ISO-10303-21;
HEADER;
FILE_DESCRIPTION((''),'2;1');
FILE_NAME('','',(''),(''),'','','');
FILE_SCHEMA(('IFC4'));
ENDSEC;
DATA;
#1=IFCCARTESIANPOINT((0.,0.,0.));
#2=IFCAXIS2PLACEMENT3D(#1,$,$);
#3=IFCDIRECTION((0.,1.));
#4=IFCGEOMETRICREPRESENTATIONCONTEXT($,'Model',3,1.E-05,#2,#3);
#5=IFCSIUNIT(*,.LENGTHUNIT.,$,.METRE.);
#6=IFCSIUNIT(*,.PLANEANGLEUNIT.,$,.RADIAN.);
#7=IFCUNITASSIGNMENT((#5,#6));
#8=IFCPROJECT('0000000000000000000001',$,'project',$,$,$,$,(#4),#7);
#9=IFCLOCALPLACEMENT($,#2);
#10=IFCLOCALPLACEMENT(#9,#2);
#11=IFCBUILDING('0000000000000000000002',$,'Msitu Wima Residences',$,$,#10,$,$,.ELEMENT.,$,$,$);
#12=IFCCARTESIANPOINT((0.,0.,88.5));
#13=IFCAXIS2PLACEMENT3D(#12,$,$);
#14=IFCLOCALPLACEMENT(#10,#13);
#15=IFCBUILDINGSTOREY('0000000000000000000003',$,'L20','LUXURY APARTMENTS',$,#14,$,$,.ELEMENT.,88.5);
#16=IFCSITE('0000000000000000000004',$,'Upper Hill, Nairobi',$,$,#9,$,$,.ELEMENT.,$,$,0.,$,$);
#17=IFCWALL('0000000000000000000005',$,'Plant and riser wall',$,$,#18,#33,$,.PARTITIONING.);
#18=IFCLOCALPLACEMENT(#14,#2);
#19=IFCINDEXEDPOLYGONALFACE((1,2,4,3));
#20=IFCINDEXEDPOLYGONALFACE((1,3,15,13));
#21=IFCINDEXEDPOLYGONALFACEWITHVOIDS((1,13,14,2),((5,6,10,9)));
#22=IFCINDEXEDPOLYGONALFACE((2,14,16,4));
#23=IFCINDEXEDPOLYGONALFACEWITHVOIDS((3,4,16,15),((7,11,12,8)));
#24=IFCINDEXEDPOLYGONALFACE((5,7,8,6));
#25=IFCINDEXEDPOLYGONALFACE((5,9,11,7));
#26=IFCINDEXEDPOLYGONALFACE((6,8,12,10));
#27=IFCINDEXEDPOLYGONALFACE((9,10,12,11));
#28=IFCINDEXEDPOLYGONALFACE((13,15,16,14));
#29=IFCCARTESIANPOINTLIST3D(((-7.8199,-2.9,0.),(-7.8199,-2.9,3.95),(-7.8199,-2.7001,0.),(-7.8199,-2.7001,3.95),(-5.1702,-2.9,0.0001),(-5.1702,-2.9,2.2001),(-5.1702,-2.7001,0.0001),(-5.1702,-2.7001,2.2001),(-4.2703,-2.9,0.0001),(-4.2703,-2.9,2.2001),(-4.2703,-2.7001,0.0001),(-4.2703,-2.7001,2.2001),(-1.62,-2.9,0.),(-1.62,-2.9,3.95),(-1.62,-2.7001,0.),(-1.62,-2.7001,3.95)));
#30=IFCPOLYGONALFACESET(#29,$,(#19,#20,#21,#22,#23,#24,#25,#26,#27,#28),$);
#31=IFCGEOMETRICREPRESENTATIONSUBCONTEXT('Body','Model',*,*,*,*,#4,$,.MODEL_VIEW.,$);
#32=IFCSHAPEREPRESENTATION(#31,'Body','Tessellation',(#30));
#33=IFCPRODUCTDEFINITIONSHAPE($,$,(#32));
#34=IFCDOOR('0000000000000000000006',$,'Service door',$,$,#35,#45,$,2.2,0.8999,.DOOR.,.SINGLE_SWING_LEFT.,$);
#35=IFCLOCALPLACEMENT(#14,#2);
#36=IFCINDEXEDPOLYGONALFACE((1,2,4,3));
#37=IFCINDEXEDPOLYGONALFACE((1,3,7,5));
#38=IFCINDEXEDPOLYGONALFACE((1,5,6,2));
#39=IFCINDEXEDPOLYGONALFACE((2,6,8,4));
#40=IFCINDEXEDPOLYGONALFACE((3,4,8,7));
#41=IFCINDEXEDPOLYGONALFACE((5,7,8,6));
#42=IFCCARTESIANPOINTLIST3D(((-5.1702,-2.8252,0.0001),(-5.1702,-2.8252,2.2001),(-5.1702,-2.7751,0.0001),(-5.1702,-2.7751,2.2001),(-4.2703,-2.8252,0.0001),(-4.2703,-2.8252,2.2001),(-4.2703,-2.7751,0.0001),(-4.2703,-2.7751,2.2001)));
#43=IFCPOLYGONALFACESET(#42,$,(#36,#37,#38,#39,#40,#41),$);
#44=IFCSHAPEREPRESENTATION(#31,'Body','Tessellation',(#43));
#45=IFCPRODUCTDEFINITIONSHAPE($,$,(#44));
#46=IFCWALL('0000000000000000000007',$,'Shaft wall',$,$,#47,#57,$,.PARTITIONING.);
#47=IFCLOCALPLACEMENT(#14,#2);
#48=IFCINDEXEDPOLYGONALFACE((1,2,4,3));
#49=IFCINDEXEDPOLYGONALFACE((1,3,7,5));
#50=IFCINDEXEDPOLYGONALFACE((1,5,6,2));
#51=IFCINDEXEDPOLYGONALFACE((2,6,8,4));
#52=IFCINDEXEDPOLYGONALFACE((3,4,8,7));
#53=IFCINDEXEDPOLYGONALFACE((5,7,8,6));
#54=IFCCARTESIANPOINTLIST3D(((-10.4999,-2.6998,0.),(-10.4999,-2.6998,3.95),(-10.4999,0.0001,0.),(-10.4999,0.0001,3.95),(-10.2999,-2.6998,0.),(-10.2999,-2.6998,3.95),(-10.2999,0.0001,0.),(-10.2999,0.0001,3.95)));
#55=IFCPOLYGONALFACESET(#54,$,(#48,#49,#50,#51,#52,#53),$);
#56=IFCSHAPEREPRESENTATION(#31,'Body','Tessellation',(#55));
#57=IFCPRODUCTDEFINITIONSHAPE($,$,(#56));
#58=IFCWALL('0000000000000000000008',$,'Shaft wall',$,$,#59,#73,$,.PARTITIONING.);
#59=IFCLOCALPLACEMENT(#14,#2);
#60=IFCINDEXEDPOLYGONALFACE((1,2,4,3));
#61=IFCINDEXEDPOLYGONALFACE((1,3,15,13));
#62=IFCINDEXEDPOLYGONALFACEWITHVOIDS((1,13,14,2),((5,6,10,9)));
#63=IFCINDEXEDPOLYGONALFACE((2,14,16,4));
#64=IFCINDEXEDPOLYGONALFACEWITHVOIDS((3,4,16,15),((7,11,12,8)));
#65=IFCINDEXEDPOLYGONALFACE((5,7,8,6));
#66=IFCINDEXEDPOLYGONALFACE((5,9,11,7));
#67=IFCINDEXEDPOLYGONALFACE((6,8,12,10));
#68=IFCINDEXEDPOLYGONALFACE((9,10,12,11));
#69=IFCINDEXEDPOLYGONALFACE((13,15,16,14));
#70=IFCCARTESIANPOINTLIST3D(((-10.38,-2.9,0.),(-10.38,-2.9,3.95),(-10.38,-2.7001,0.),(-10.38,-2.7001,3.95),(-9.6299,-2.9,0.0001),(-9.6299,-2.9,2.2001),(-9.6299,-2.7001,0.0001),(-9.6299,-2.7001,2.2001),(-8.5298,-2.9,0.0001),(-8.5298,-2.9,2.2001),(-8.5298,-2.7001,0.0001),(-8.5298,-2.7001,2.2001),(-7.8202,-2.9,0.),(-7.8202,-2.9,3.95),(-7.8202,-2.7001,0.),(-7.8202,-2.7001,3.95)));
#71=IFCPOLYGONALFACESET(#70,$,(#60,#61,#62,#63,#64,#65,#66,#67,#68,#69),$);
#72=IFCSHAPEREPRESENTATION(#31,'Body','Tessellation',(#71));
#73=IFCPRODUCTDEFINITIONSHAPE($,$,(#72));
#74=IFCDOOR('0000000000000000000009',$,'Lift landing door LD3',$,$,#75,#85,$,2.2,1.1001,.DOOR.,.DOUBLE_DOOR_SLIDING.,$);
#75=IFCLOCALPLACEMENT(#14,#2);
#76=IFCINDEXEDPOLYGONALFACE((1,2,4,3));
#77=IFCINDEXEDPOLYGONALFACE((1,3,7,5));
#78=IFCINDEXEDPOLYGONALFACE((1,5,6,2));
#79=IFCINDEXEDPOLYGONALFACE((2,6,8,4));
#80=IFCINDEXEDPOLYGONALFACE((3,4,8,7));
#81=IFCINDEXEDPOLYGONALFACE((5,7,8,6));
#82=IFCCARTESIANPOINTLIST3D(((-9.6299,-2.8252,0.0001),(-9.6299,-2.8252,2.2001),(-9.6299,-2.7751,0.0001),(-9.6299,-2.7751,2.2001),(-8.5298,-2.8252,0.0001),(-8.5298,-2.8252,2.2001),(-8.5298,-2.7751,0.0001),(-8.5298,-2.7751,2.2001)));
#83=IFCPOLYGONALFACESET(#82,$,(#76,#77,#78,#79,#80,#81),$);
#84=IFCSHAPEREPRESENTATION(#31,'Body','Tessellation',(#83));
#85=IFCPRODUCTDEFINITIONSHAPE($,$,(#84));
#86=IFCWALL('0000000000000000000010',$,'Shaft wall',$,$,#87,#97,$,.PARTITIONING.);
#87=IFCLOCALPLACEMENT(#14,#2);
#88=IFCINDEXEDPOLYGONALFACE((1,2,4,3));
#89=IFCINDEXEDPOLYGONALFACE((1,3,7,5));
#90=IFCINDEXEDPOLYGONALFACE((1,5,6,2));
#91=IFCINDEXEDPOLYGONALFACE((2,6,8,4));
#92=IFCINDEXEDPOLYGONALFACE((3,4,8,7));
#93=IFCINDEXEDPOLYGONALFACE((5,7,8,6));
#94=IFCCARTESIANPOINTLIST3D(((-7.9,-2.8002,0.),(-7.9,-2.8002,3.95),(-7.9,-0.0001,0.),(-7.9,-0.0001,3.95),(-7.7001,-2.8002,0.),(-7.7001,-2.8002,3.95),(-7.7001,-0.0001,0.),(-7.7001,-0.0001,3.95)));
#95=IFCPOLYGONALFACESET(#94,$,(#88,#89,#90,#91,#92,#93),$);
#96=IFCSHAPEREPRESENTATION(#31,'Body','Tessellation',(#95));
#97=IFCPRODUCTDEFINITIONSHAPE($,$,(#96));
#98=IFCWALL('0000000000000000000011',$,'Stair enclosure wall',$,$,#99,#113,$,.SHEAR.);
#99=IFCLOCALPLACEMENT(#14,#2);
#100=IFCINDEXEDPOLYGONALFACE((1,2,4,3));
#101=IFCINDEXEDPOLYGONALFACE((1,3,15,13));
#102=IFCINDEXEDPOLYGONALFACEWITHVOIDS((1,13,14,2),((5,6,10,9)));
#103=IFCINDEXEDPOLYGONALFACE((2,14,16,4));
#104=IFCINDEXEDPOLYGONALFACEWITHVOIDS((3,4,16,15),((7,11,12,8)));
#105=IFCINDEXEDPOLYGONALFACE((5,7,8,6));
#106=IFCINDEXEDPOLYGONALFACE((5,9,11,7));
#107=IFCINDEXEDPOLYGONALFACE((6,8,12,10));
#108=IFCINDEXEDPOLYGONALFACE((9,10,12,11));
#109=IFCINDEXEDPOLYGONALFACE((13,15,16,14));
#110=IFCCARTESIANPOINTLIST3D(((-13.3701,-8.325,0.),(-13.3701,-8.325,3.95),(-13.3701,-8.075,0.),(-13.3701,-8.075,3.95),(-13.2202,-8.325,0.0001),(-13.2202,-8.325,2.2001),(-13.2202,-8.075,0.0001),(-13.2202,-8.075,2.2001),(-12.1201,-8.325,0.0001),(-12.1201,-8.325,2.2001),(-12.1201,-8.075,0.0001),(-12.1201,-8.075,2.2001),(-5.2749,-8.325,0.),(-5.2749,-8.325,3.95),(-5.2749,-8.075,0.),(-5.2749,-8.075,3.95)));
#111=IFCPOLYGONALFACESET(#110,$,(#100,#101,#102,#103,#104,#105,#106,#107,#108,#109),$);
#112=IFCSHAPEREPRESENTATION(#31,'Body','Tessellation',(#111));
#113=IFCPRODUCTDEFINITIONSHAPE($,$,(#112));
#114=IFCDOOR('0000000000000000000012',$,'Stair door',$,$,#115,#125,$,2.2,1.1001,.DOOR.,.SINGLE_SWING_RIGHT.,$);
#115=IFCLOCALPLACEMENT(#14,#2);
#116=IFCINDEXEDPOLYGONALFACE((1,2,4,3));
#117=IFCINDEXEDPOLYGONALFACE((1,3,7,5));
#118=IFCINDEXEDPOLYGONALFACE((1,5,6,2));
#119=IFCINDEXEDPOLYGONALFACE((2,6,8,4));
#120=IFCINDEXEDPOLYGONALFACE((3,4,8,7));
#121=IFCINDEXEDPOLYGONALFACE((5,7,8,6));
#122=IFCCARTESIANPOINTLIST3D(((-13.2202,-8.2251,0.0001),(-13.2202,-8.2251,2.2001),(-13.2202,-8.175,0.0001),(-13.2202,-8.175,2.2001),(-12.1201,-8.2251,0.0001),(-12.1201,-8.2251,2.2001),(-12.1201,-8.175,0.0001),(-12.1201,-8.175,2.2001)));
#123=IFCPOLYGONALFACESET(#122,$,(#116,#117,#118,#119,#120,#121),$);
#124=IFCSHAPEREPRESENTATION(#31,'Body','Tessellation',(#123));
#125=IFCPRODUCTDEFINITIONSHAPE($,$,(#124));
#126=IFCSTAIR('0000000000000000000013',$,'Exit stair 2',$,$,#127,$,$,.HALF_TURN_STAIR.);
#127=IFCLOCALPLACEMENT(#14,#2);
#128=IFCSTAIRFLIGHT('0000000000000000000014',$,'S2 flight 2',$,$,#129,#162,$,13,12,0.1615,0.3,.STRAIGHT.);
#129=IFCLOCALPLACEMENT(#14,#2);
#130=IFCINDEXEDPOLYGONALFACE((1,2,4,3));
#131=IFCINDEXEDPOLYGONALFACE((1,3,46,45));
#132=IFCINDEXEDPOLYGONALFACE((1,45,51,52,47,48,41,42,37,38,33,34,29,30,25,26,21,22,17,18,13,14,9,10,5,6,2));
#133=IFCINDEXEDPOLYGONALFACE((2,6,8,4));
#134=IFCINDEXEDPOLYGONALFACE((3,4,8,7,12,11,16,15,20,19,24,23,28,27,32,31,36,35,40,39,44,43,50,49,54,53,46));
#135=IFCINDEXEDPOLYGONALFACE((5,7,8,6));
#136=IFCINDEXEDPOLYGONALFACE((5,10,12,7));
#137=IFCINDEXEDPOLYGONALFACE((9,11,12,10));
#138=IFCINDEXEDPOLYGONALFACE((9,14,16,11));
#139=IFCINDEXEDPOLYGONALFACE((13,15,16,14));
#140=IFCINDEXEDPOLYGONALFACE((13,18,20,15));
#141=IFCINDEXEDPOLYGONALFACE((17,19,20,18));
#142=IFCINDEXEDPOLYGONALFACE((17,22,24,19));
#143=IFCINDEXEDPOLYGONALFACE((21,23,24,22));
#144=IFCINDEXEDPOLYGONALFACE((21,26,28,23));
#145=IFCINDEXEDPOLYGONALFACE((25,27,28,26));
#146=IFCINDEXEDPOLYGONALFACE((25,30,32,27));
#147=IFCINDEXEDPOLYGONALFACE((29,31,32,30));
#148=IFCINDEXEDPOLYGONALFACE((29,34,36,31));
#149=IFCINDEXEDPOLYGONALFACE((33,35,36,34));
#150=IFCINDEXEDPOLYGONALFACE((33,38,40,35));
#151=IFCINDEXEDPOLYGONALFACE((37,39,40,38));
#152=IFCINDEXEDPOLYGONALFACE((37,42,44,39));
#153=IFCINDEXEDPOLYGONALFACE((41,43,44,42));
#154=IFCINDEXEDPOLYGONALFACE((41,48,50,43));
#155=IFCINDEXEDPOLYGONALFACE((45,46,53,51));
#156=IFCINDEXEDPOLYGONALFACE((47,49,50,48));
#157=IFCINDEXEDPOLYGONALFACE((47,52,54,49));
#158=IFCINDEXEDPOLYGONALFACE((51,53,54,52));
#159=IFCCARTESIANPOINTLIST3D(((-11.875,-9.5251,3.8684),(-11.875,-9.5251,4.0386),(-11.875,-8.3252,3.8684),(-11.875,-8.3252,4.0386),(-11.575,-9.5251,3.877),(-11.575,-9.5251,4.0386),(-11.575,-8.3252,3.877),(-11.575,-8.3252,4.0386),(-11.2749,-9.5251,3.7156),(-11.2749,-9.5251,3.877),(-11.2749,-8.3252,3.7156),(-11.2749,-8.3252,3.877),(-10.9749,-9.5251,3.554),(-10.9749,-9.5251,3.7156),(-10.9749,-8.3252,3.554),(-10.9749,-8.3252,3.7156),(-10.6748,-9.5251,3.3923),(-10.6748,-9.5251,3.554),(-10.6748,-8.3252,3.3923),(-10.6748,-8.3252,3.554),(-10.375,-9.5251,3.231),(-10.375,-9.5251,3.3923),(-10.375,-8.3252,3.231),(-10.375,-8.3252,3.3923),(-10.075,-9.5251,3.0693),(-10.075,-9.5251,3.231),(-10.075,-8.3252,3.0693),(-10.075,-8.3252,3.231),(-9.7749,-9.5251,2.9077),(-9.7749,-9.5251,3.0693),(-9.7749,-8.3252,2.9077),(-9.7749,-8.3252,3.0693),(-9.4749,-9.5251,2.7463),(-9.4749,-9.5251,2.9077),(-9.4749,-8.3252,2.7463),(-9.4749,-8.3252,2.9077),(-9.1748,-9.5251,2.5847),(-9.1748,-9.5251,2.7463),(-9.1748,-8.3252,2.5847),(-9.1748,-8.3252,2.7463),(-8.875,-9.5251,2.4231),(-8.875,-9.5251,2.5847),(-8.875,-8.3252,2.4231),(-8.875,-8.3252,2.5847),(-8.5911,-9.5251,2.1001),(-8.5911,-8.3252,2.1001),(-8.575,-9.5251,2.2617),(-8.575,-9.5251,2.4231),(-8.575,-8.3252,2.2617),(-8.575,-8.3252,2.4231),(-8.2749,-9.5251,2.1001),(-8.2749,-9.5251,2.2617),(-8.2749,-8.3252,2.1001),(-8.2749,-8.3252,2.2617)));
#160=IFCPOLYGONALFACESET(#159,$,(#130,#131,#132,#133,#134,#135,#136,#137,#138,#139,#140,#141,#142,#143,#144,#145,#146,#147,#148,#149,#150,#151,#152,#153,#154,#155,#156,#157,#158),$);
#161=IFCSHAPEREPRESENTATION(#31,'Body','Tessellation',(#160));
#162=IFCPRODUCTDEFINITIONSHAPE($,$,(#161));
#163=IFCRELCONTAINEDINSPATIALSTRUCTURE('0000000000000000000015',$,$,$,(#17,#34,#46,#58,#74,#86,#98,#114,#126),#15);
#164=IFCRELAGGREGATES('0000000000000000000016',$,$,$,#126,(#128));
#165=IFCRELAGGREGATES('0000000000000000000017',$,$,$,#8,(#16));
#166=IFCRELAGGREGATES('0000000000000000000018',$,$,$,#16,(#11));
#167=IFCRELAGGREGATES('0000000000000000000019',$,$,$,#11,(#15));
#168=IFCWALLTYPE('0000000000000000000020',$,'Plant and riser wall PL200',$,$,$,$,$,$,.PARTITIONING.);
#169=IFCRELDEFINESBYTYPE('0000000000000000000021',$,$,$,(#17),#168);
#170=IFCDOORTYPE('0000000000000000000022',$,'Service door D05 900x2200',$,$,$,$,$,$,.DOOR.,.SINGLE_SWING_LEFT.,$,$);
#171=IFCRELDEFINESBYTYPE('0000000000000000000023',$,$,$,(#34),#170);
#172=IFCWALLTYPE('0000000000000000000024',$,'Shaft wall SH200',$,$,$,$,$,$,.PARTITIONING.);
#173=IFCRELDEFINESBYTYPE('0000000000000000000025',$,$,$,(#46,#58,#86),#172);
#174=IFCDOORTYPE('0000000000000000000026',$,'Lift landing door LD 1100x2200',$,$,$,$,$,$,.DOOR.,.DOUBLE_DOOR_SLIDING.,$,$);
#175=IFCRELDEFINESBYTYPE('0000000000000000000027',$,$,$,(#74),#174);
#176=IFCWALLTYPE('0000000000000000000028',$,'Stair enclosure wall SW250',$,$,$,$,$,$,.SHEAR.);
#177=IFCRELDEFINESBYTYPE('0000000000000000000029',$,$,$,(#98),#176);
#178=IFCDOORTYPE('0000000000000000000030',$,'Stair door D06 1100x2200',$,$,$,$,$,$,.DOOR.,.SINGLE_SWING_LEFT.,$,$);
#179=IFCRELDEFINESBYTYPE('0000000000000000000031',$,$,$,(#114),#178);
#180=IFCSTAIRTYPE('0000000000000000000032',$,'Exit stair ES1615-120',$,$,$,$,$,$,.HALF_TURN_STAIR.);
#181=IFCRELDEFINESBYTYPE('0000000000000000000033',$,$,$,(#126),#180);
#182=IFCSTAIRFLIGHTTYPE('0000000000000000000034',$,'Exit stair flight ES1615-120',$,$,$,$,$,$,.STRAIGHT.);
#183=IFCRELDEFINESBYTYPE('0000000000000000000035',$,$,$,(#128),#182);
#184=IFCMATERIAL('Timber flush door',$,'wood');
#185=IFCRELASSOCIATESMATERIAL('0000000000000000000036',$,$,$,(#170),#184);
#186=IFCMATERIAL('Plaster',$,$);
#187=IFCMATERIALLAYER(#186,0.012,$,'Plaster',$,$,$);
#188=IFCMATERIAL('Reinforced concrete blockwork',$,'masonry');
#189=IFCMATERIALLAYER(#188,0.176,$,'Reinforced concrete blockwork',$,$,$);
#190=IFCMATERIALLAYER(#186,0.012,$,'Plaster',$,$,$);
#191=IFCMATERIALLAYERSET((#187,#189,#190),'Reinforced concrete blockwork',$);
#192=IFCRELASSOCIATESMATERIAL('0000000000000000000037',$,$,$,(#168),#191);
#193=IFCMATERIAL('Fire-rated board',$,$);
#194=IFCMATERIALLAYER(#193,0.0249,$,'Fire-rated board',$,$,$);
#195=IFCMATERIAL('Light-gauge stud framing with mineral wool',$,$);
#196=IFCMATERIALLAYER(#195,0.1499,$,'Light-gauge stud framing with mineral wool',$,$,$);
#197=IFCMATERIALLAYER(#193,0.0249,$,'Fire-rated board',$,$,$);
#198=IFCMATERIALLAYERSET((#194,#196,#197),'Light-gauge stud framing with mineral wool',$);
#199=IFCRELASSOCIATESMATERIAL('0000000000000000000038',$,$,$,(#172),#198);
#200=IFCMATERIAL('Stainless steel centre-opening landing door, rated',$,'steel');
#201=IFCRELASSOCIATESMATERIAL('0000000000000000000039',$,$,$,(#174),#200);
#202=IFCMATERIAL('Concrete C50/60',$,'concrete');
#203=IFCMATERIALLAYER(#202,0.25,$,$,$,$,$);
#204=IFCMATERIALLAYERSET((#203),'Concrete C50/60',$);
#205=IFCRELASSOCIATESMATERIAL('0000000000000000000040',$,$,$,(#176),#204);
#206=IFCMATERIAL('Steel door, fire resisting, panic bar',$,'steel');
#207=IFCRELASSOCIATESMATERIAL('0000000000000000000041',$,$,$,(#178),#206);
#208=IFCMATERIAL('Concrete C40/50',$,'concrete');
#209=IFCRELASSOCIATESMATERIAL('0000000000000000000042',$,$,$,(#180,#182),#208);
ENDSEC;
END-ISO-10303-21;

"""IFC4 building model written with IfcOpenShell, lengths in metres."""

from ifc_helpers import new_model, si_unit, direction, frame, frame_2d, origin, place, context, subcontext, project, spatial, polyline, rectangle, outline, extrude, material, layer, layer_set, type_object, element, fill, aggregate, save


model = new_model("IFC4")

# Units and contexts
model_context = context("Model", 3, precision=1e-05, world=origin(), true_north=direction((0.0, 1.0)))
body_context = subcontext(model_context, "Body", "Model", "MODEL_VIEW")
ifc_project = project(units=[si_unit("LENGTHUNIT", "METRE"), si_unit("PLANEANGLEUNIT", "RADIAN")], contexts=[model_context])

# Site, building, storey
site_placement = place(None, origin())
site = spatial("IfcSite", under=ifc_project, at=site_placement, Name="Upper Hill, Nairobi", CompositionType="ELEMENT", RefElevation=0.0)
building_placement = place(site_placement, origin())
building = spatial("IfcBuilding", under=site, at=building_placement, Name="Msitu Wima Residences", CompositionType="ELEMENT")
storey_placement = place(building_placement, frame((0.0, 0.0, 88.5)))
storey = spatial("IfcBuildingStorey", under=building, at=storey_placement, Name="L20", Description="LUXURY APARTMENTS", CompositionType="ELEMENT", Elevation=88.5)

# Shared definitions
ifc_material_1 = material(Name="Plaster")

# Shared definitions
ifc_material_2 = material(Name="Timber flush door", Category="wood")
door_type_1 = type_object("IfcDoorType", Name="Service door D05 900x2200", OperationType="SINGLE_SWING_LEFT", PredefinedType="DOOR", material=ifc_material_2)

# Wall, opening, door
ifc_layer_1 = layer(ifc_material_1, 0.012, Name="Plaster")
ifc_material_3 = material(Name="Reinforced concrete blockwork", Category="masonry")
ifc_layer_2 = layer(ifc_material_3, 0.176, Name="Reinforced concrete blockwork")
ifc_layer_3 = layer(ifc_material_1, 0.012, Name="Plaster")
ifc_layer_set_1 = layer_set([ifc_layer_1, ifc_layer_2, ifc_layer_3], Name="Reinforced concrete blockwork")
wall_type_1 = type_object("IfcWallType", Name="Plant and riser wall PL200", PredefinedType="PARTITIONING", material=ifc_layer_set_1)
wall_1_placement = place(storey_placement, frame((-7.8201, -2.8, 0.0), z_axis=(0.0, 0.0, 1.0), x_axis=(1.0, 0.0, 0.0)))
wall_1 = element("IfcWall", 1, at=wall_1_placement, inside=storey, type_object=wall_type_1, Name="Plant and riser wall", PredefinedType="PARTITIONING", context=body_context, shape_type="SweptSolid", body=[
    extrude(rectangle(XDim=6.2, YDim=0.2, at=frame_2d((3.1001, 0.0))), origin(), (0.0, 0.0, 1.0), 3.95),
])
opening_1_placement = place(wall_1_placement, frame((2.6499, 0.0, 0.0)))
opening_1 = element("IfcOpeningElement", 2, at=opening_1_placement, cuts=wall_1, PredefinedType="OPENING", context=body_context, shape_type="SweptSolid", body=[
    extrude(rectangle(XDim=0.8999, YDim=2.2, at=frame_2d((0.45, 1.1001))), frame((0.0, 0.1099, 0.0), z_axis=(0.0, -1.0, 0.0), x_axis=(1.0, 0.0, 0.0)), (0.0, 0.0, 1.0), 0.22),
])
door_1_placement = place(opening_1_placement, origin())
door_1 = element("IfcDoor", 3, at=door_1_placement, inside=storey, type_object=door_type_1, Name="Service door", OperationType="SINGLE_SWING_LEFT", OverallHeight=2.2, OverallWidth=0.8999, PredefinedType="DOOR", context=body_context, shape_type="SweptSolid", body=[
    extrude(rectangle(XDim=0.8999, YDim=2.2, at=frame_2d((0.45, 1.1001))), frame((0.0, 0.0249, 0.0), z_axis=(0.0, -1.0, 0.0), x_axis=(1.0, 0.0, 0.0)), (0.0, 0.0, 1.0), 0.05),
])
fill(opening_1, door_1)

# Wall
ifc_material_4 = material(Name="Fire-rated board")
ifc_layer_4 = layer(ifc_material_4, 0.0249, Name="Fire-rated board")
ifc_material_5 = material(Name="Light-gauge stud framing with mineral wool")
ifc_layer_5 = layer(ifc_material_5, 0.1499, Name="Light-gauge stud framing with mineral wool")
ifc_layer_6 = layer(ifc_material_4, 0.0249, Name="Fire-rated board")
ifc_layer_set_2 = layer_set([ifc_layer_4, ifc_layer_5, ifc_layer_6], Name="Light-gauge stud framing with mineral wool")
wall_type_2 = type_object("IfcWallType", Name="Shaft wall SH200", PredefinedType="PARTITIONING", material=ifc_layer_set_2)
wall_2_placement = place(storey_placement, frame((-10.3999, -2.7, 0.0), z_axis=(0.0, 0.0, 1.0), x_axis=(0.0, 1.0, 0.0)))
element("IfcWall", 4, at=wall_2_placement, inside=storey, type_object=wall_type_2, Name="Shaft wall", PredefinedType="PARTITIONING", context=body_context, shape_type="SweptSolid", body=[
    extrude(rectangle(XDim=2.7, YDim=0.2, at=frame_2d((1.3501, 0.0))), origin(), (0.0, 0.0, 1.0), 3.95),
])

# Wall, opening, door
wall_3_placement = place(storey_placement, frame((-10.3799, -2.8, 0.0), z_axis=(0.0, 0.0, 1.0), x_axis=(1.0, 0.0, 0.0)))
wall_3 = element("IfcWall", 5, at=wall_3_placement, inside=storey, type_object=wall_type_2, Name="Shaft wall", PredefinedType="PARTITIONING", context=body_context, shape_type="SweptSolid", body=[
    extrude(rectangle(XDim=2.5598, YDim=0.2, at=frame_2d((1.2798, 0.0))), origin(), (0.0, 0.0, 1.0), 3.95),
])
opening_2_placement = place(wall_3_placement, frame((0.75, 0.0, 0.0)))
opening_2 = element("IfcOpeningElement", 6, at=opening_2_placement, cuts=wall_3, PredefinedType="OPENING", context=body_context, shape_type="SweptSolid", body=[
    extrude(rectangle(XDim=1.1001, YDim=2.2, at=frame_2d((0.55, 1.1001))), frame((0.0, 0.1099, 0.0), z_axis=(0.0, -1.0, 0.0), x_axis=(1.0, 0.0, 0.0)), (0.0, 0.0, 1.0), 0.22),
])
ifc_material_6 = material(Name="Stainless steel centre-opening landing door, rated", Category="steel")
door_type_2 = type_object("IfcDoorType", Name="Lift landing door LD 1100x2200", OperationType="DOUBLE_DOOR_SLIDING", PredefinedType="DOOR", material=ifc_material_6)
door_2_placement = place(opening_2_placement, origin())
door_2 = element("IfcDoor", 7, at=door_2_placement, inside=storey, type_object=door_type_2, Name="Lift landing door LD3", OperationType="DOUBLE_DOOR_SLIDING", OverallHeight=2.2, OverallWidth=1.1001, PredefinedType="DOOR", context=body_context, shape_type="SweptSolid", body=[
    extrude(rectangle(XDim=1.1001, YDim=2.2, at=frame_2d((0.55, 1.1001))), frame((0.0, 0.0249, 0.0), z_axis=(0.0, -1.0, 0.0), x_axis=(1.0, 0.0, 0.0)), (0.0, 0.0, 1.0), 0.05),
])
fill(opening_2, door_2)

# Wall
wall_4_placement = place(storey_placement, frame((-7.8, -2.8, 0.0), z_axis=(0.0, 0.0, 1.0), x_axis=(0.0, 1.0, 0.0)))
element("IfcWall", 8, at=wall_4_placement, inside=storey, type_object=wall_type_2, Name="Shaft wall", PredefinedType="PARTITIONING", context=body_context, shape_type="SweptSolid", body=[
    extrude(rectangle(XDim=2.8, YDim=0.2, at=frame_2d((1.3999, 0.0))), origin(), (0.0, 0.0, 1.0), 3.95),
])

# Wall, opening, door
ifc_material_7 = material(Name="Concrete C50/60", Category="concrete")
ifc_layer_7 = layer(ifc_material_7, 0.25)
ifc_layer_set_3 = layer_set([ifc_layer_7], Name="Concrete C50/60")
wall_type_3 = type_object("IfcWallType", Name="Stair enclosure wall SW250", PredefinedType="SHEAR", material=ifc_layer_set_3)
wall_5_placement = place(storey_placement, frame((-13.3701, -8.2, 0.0), z_axis=(0.0, 0.0, 1.0), x_axis=(1.0, 0.0, 0.0)))
wall_5 = element("IfcWall", 9, at=wall_5_placement, inside=storey, type_object=wall_type_3, Name="Stair enclosure wall", PredefinedType="SHEAR", context=body_context, shape_type="SweptSolid", body=[
    extrude(rectangle(XDim=8.0952, YDim=0.25, at=frame_2d((4.0476, 0.0))), origin(), (0.0, 0.0, 1.0), 3.95),
])
opening_3_placement = place(wall_5_placement, frame((0.1499, 0.0, 0.0)))
opening_3 = element("IfcOpeningElement", 10, at=opening_3_placement, cuts=wall_5, PredefinedType="OPENING", context=body_context, shape_type="SweptSolid", body=[
    extrude(rectangle(XDim=1.1001, YDim=2.2, at=frame_2d((0.55, 1.1001))), frame((0.0, 0.135, 0.0), z_axis=(0.0, -1.0, 0.0), x_axis=(1.0, 0.0, 0.0)), (0.0, 0.0, 1.0), 0.27),
])
ifc_material_8 = material(Name="Steel door, fire resisting, panic bar", Category="steel")
door_type_3 = type_object("IfcDoorType", Name="Stair door D06 1100x2200", OperationType="SINGLE_SWING_LEFT", PredefinedType="DOOR", material=ifc_material_8)
door_3_placement = place(opening_3_placement, origin())
door_3 = element("IfcDoor", 11, at=door_3_placement, inside=storey, type_object=door_type_3, Name="Stair door", OperationType="SINGLE_SWING_RIGHT", OverallHeight=2.2, OverallWidth=1.1001, PredefinedType="DOOR", context=body_context, shape_type="SweptSolid", body=[
    extrude(rectangle(XDim=1.1001, YDim=2.2, at=frame_2d((0.55, 1.1001))), frame((0.0, 0.0249, 0.0), z_axis=(0.0, -1.0, 0.0), x_axis=(1.0, 0.0, 0.0)), (0.0, 0.0, 1.0), 0.05),
])
fill(opening_3, door_3)

# Stair, stair flight
ifc_material_9 = material(Name="Concrete C40/50", Category="concrete")
stair_type = type_object("IfcStairType", Name="Exit stair ES1615-120", PredefinedType="HALF_TURN_STAIR", material=ifc_material_9)
stair_placement = place(storey_placement, origin())
stair = element("IfcStair", 12, at=stair_placement, inside=storey, type_object=stair_type, Name="Exit stair 2", PredefinedType="HALF_TURN_STAIR")
stair_flight_type = type_object("IfcStairFlightType", Name="Exit stair flight ES1615-120", PredefinedType="STRAIGHT", material=ifc_material_9)
stair_flight_placement = place(storey_placement, frame((-8.2749, -8.925, 2.1001), z_axis=(0.0, 0.0, 1.0), x_axis=(-1.0, 0.0, 0.0)))
stair_flight = element("IfcStairFlight", 13, at=stair_flight_placement, type_object=stair_flight_type, Name="S2 flight 2", NumberOfRisers=13, NumberOfTreads=12, PredefinedType="STRAIGHT", RiserHeight=0.1615, TreadLength=0.3, context=body_context, shape_type="SweptSolid", body=[
    extrude(outline(polyline([(0.0, 0.0), (0.0, 0.1616), (0.3, 0.1616), (0.3, 0.323), (0.6001, 0.323), (0.6001, 0.4846), (0.8999, 0.4846), (0.8999, 0.6462), (1.2, 0.6462), (1.2, 0.8076), (1.5, 0.8076), (1.5, 0.9692), (1.8, 0.9692), (1.8, 1.1309), (2.1001, 1.1309), (2.1001, 1.2922), (2.3999, 1.2922), (2.3999, 1.4539), (2.7, 1.4539), (2.7, 1.6155), (3.0, 1.6155), (3.0, 1.7769), (3.3, 1.7769), (3.3, 1.9385), (3.6001, 1.9385), (3.6001, 2.1001), (3.6001, 1.7683), (0.3162, 0.0), (0.0, 0.0)])), frame((0.0, 0.6001, 0.0), z_axis=(0.0, -1.0, 0.0), x_axis=(1.0, 0.0, 0.0)), (0.0, 0.0, 1.0), 1.2),
])
aggregate(stair, [stair_flight])

save(model, "model.ifc")
